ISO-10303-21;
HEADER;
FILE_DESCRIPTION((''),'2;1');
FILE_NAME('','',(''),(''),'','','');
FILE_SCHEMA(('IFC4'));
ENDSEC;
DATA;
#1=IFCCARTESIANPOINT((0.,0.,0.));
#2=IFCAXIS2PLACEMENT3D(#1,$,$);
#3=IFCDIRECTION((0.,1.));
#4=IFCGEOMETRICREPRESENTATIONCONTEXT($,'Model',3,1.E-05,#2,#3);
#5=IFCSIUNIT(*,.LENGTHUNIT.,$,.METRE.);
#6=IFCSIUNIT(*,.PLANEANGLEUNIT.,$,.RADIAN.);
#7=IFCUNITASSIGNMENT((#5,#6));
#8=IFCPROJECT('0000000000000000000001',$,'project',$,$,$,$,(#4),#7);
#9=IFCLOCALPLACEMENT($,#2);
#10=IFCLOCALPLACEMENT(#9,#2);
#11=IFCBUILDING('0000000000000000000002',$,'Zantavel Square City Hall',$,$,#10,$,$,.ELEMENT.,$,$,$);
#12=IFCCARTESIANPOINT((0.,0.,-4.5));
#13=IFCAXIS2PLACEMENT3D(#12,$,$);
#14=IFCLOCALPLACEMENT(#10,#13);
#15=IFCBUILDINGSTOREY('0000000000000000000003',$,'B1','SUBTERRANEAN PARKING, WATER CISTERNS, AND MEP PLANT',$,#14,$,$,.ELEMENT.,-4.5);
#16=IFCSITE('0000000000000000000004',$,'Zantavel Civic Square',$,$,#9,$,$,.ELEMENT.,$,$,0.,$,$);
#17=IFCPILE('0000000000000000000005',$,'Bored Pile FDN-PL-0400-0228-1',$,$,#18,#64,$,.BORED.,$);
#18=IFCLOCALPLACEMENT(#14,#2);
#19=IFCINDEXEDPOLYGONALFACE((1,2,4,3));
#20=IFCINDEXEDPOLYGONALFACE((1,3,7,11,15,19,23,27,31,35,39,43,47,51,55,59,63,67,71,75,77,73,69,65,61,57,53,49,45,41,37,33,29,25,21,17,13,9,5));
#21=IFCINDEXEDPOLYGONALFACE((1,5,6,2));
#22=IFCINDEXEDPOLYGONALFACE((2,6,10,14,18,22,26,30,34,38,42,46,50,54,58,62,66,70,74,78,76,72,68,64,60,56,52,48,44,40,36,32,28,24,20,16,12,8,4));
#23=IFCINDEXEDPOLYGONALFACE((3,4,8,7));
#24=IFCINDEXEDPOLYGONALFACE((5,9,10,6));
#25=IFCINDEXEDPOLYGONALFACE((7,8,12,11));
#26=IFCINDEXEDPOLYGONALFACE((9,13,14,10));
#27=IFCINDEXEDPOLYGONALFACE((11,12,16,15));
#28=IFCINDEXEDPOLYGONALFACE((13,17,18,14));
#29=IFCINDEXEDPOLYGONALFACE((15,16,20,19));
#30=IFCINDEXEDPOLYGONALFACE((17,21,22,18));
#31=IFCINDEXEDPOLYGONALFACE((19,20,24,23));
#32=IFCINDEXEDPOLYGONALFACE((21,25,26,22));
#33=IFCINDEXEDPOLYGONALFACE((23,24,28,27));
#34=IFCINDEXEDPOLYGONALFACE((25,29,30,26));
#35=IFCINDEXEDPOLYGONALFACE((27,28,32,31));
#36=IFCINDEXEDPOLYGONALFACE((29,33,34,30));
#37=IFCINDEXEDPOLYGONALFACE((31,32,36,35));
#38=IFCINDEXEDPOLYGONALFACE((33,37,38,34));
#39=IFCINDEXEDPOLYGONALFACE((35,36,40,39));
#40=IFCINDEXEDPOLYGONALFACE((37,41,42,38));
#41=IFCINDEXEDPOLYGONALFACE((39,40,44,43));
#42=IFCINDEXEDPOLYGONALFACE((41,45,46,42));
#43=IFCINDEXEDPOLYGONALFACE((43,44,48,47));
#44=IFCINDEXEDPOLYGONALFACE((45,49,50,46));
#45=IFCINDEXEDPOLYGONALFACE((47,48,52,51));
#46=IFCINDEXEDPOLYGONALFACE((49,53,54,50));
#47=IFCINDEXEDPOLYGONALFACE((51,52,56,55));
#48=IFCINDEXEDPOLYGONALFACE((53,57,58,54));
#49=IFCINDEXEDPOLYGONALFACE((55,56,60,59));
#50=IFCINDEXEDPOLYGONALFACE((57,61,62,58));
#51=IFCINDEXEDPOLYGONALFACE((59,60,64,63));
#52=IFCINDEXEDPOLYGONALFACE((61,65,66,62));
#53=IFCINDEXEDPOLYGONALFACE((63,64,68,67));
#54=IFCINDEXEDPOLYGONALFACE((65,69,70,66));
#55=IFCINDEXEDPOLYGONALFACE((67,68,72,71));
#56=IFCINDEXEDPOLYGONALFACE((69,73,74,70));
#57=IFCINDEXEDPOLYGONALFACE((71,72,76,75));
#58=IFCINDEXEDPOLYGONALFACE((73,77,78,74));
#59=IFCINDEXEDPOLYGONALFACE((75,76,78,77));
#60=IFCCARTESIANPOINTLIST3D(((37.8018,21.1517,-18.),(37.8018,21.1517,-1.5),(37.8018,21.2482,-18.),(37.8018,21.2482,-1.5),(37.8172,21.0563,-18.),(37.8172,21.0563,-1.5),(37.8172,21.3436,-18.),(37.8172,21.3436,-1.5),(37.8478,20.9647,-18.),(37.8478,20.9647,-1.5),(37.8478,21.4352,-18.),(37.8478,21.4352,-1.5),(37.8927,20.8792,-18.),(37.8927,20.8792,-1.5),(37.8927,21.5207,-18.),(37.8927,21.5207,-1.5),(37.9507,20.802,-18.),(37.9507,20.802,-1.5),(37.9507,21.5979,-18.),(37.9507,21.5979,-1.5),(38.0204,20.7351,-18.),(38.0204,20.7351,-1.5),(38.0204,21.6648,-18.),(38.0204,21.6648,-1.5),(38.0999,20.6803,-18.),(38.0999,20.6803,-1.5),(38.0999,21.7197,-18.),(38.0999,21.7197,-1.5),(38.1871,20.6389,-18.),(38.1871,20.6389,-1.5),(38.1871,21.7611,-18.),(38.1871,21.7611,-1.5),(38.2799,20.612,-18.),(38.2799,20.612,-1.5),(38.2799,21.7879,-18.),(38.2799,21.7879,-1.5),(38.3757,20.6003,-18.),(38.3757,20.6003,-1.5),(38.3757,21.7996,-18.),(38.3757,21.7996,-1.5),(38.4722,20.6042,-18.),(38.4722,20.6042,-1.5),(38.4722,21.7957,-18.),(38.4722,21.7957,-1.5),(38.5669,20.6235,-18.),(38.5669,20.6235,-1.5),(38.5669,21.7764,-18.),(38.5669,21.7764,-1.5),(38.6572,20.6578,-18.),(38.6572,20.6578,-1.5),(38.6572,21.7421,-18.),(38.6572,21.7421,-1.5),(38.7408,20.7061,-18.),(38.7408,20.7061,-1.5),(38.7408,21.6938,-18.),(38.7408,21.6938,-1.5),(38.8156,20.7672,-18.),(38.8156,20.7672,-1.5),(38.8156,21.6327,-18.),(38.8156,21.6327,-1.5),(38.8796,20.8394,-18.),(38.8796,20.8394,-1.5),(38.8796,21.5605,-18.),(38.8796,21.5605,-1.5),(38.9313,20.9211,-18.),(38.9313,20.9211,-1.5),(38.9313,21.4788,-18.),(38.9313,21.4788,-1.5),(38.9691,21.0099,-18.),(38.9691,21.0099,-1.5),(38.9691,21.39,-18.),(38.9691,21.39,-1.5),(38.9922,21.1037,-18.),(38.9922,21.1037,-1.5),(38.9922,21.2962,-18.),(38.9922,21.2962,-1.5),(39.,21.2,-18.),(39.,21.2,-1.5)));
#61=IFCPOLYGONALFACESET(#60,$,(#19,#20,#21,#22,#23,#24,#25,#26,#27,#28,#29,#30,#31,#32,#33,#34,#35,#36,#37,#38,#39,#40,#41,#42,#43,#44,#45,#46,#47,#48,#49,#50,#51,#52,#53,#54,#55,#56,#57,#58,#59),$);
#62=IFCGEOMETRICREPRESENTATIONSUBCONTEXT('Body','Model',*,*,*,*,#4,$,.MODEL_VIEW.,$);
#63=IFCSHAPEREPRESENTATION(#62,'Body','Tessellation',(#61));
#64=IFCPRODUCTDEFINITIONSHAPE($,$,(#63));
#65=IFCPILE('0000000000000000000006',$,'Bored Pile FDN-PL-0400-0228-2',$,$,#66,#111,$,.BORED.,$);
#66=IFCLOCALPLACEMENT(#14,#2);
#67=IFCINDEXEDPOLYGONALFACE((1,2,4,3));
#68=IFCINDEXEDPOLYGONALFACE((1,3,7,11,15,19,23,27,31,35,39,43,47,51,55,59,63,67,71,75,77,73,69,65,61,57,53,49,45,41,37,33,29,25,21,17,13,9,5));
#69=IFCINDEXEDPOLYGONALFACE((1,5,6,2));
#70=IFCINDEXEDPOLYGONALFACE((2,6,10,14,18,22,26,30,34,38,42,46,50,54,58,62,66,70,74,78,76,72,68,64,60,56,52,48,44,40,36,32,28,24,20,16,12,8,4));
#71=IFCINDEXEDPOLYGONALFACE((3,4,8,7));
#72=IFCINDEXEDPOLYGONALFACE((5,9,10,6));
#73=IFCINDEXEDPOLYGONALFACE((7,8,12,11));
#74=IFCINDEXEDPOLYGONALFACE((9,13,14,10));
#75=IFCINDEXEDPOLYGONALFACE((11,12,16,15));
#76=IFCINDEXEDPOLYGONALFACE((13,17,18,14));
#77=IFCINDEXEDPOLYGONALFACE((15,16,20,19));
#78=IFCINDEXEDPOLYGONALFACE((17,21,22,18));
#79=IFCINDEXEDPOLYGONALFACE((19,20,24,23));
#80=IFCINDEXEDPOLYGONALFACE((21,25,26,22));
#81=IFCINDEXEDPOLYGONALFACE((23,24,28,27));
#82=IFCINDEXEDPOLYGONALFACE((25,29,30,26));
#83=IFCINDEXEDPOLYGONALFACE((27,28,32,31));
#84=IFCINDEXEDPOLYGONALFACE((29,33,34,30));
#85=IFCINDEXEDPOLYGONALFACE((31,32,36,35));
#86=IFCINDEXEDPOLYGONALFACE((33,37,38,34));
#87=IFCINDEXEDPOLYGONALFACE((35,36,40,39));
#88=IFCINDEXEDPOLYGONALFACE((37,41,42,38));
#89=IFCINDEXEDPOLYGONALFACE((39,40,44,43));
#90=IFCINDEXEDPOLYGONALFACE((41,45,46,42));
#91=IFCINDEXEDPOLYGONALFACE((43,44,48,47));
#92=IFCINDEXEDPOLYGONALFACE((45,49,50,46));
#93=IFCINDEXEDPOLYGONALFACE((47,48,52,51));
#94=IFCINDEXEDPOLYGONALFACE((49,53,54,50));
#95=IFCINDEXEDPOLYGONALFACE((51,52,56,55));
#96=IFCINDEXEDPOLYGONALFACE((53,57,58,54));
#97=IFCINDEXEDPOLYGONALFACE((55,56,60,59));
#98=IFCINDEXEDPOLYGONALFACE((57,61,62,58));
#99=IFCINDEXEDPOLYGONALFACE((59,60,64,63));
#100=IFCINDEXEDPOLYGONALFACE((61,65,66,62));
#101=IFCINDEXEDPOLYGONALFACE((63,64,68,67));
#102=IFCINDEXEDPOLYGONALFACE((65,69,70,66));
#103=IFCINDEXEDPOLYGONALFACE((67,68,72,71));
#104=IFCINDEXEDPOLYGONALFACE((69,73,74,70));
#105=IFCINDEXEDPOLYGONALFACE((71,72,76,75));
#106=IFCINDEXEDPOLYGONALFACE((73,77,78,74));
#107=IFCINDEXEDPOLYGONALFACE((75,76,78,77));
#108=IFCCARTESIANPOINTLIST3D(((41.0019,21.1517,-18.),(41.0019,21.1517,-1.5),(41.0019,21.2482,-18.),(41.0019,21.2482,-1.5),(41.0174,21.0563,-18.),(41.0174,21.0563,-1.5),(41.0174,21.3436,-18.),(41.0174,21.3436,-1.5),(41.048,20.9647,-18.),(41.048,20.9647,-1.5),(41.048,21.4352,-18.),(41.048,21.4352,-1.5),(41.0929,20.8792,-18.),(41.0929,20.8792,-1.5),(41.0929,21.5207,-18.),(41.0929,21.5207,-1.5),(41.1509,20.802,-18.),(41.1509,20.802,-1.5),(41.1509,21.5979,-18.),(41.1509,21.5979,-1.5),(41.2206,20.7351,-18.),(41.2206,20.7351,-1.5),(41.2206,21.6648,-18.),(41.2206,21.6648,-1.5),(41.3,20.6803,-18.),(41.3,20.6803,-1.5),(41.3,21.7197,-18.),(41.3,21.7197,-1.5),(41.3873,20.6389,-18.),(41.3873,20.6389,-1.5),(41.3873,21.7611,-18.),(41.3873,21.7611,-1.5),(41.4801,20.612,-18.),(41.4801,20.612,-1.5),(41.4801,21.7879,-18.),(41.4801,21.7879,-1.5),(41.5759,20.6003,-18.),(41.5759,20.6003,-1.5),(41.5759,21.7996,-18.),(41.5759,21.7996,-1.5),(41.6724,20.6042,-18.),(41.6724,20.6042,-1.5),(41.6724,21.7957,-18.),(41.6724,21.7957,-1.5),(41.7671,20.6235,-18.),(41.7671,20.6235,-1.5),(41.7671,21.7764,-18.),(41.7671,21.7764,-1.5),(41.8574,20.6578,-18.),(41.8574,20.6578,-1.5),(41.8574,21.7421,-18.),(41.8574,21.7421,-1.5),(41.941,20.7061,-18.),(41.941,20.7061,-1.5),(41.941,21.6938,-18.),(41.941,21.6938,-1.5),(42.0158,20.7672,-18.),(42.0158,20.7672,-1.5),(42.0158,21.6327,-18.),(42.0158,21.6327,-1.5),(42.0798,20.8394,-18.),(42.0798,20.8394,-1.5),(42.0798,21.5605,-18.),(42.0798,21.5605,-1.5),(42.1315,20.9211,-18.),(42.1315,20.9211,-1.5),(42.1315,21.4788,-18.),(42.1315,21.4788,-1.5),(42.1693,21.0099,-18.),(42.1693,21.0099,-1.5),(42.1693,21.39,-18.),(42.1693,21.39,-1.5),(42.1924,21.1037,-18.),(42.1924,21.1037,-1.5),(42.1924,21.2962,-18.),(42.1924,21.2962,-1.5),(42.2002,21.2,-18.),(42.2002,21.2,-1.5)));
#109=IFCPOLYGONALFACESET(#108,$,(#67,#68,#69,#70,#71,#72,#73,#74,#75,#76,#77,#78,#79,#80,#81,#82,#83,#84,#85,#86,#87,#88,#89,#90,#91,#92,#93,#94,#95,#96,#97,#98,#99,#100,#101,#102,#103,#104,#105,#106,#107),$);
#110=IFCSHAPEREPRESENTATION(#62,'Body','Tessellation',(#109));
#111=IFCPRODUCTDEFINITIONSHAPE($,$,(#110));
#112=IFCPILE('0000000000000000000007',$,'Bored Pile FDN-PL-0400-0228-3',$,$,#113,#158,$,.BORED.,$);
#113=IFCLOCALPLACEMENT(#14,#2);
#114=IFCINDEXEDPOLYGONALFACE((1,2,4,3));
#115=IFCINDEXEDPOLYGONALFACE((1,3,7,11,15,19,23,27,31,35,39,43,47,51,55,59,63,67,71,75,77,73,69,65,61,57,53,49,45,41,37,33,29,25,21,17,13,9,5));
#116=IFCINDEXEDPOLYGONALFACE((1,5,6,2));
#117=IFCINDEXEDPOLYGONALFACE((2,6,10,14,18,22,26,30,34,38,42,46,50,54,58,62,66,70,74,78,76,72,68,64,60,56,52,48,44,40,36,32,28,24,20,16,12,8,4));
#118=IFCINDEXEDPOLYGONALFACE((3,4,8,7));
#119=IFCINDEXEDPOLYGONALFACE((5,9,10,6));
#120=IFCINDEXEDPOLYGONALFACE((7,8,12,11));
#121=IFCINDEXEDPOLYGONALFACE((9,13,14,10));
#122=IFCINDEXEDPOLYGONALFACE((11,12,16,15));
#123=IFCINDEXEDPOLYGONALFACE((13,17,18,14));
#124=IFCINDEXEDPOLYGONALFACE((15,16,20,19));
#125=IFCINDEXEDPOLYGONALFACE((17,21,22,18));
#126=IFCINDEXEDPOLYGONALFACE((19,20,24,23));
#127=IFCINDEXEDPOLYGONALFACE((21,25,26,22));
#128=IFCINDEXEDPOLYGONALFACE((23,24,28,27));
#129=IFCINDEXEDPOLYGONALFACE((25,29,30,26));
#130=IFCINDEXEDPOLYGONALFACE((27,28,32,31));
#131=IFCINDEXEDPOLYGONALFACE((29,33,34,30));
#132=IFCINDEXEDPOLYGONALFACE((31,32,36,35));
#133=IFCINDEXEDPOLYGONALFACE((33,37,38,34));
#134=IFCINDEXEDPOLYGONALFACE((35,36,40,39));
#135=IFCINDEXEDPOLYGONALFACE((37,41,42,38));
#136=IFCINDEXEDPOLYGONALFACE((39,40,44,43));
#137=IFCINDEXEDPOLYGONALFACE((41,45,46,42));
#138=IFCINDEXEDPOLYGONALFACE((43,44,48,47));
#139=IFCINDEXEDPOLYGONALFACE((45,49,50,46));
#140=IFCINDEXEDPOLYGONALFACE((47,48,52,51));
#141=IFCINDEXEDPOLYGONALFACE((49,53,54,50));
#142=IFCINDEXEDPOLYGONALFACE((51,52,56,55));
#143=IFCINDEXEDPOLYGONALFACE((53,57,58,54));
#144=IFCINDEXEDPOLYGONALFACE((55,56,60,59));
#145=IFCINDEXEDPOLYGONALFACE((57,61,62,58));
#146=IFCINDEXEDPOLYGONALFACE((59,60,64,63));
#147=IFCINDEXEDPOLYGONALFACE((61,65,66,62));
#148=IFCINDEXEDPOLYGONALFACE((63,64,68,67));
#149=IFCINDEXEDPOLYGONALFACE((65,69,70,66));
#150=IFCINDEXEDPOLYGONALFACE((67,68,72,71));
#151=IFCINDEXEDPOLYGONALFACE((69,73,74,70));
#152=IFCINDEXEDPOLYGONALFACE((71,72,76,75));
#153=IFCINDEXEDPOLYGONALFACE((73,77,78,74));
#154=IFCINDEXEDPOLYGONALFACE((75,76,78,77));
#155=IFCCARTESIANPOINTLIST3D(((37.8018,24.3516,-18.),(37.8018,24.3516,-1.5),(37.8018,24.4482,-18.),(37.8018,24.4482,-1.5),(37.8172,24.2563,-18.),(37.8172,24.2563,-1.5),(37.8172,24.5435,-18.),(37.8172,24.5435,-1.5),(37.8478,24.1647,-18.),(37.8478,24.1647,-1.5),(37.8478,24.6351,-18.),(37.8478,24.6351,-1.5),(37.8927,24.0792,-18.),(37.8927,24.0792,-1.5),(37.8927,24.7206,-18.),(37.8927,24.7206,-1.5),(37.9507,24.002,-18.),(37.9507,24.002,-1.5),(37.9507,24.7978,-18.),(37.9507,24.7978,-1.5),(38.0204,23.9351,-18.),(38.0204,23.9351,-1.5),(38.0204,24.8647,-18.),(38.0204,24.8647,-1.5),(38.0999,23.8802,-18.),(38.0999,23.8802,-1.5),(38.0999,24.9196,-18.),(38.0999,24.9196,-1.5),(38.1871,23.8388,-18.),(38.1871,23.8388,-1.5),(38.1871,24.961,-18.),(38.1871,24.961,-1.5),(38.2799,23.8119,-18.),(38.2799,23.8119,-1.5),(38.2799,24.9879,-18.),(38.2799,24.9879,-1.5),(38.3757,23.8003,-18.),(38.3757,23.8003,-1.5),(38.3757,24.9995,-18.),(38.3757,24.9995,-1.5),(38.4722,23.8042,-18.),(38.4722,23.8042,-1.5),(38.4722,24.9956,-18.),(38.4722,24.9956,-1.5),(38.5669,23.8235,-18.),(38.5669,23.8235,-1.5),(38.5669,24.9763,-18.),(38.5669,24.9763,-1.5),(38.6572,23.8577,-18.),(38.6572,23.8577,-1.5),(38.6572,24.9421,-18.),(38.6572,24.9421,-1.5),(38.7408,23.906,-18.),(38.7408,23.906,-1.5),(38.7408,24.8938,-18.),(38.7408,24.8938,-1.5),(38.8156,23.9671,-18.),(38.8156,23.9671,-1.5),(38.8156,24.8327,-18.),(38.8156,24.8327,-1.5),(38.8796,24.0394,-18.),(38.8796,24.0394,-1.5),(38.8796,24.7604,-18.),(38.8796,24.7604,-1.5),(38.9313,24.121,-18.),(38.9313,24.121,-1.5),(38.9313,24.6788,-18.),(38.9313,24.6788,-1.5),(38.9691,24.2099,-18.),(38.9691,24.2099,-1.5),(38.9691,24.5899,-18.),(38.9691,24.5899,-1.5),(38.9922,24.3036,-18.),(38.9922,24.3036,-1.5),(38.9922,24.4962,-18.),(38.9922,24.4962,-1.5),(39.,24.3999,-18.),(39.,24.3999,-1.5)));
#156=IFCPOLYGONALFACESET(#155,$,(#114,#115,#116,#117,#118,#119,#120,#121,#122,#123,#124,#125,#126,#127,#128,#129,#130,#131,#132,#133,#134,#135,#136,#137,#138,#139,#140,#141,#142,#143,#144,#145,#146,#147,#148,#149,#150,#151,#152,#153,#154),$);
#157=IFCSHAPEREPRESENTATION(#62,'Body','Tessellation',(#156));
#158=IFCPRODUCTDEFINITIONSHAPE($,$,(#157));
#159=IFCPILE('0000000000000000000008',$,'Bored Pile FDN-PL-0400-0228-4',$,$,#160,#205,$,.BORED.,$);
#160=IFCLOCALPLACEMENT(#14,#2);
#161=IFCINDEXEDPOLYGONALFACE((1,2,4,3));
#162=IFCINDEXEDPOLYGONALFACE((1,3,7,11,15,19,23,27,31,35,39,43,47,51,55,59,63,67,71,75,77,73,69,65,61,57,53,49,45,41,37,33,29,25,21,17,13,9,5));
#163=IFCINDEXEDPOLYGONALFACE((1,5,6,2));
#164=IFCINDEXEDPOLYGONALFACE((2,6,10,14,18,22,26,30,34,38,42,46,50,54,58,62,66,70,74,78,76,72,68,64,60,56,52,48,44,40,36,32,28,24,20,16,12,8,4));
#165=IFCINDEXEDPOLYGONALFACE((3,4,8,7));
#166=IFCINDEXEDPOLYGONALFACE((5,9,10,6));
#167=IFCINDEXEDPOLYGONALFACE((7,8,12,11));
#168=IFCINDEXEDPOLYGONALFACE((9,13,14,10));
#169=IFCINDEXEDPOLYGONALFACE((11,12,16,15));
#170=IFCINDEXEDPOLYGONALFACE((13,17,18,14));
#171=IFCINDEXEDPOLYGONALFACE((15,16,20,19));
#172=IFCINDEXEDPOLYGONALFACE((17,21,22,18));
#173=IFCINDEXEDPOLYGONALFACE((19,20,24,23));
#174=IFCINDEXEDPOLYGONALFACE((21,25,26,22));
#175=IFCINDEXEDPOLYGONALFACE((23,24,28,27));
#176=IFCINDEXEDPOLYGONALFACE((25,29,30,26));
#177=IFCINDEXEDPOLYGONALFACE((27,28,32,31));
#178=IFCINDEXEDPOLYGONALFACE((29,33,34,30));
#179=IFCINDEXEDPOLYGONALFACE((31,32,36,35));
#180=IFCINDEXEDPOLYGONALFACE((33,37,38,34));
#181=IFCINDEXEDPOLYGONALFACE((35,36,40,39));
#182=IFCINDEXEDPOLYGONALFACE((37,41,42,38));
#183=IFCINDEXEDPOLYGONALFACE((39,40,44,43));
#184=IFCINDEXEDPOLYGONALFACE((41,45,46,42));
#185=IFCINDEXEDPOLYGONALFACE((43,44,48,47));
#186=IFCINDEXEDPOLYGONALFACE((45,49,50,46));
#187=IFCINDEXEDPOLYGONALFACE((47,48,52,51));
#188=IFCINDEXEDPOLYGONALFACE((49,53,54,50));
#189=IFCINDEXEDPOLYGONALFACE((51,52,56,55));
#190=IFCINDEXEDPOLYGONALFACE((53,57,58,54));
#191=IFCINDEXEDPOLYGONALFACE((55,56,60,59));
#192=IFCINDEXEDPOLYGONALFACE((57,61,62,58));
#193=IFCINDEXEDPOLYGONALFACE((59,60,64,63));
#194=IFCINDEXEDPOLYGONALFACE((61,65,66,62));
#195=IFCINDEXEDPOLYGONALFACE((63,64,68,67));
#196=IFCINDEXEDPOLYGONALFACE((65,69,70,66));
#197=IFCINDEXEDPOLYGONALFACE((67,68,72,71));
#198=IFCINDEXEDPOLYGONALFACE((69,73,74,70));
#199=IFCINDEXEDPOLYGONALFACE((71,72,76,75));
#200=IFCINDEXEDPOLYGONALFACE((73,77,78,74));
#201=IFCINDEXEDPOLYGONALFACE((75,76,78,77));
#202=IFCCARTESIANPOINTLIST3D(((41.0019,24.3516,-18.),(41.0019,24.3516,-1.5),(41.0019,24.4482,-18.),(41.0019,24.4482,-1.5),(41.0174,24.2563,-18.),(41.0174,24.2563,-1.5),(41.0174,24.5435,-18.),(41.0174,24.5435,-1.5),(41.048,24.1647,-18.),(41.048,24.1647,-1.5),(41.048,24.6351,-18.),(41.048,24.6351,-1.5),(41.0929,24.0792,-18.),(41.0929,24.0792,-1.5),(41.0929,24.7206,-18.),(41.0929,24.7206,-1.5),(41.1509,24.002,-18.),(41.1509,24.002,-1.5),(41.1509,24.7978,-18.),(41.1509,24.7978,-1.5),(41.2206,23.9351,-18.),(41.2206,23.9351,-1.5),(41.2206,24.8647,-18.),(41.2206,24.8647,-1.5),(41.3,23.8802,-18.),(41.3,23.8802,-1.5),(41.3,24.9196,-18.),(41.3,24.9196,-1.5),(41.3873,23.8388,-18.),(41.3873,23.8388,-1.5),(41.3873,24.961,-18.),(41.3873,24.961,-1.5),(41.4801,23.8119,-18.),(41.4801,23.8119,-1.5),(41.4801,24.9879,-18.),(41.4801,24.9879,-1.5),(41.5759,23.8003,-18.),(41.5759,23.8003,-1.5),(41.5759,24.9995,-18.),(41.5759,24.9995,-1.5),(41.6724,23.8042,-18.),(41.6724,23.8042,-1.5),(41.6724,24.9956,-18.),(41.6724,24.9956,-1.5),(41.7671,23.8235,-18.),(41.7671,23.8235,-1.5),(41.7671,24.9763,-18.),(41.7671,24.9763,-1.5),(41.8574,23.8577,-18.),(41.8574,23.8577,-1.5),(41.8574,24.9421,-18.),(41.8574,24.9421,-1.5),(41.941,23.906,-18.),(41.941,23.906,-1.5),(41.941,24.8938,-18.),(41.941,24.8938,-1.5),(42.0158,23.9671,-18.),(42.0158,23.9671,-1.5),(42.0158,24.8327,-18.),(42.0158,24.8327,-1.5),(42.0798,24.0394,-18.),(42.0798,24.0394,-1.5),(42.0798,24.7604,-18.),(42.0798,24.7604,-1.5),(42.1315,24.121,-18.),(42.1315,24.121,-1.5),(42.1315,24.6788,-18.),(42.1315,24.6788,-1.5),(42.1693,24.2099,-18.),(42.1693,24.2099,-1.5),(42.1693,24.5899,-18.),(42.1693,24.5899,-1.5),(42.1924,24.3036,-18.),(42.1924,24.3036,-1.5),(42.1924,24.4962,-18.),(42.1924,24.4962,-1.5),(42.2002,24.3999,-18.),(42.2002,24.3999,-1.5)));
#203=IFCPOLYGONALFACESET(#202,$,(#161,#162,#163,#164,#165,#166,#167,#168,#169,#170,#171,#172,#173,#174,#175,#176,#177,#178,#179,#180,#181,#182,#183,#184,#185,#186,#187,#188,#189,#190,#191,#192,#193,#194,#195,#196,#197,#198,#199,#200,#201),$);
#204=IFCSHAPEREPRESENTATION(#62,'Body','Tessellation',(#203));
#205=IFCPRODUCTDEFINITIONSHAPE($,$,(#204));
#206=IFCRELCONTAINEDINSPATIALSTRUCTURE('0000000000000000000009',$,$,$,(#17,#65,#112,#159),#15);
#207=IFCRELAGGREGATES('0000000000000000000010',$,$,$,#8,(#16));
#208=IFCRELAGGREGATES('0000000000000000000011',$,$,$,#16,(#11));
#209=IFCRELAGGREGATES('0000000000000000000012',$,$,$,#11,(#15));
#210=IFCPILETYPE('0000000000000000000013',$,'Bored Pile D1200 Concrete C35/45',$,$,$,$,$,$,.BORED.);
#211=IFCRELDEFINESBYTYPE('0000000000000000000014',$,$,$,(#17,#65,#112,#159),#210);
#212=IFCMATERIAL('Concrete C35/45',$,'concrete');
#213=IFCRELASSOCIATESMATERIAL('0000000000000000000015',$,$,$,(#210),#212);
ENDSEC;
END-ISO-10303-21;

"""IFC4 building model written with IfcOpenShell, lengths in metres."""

from ifc_helpers import new_model, si_unit, direction, frame, origin, origin_2d, place, context, subcontext, project, spatial, circle, extrude, material, material_profile, profile_set, type_object, element, save


model = new_model("IFC4")

# Units and contexts
model_context = context("Model", 3, precision=1e-05, world=origin(), true_north=direction((0.0, 1.0)))
body_context = subcontext(model_context, "Body", "Model", "MODEL_VIEW")
ifc_project = project(units=[si_unit("LENGTHUNIT", "METRE"), si_unit("PLANEANGLEUNIT", "RADIAN")], contexts=[model_context])

# Site, building, storey
site_placement = place(None, origin())
site = spatial("IfcSite", under=ifc_project, at=site_placement, Name="Zantavel Civic Square", CompositionType="ELEMENT", RefElevation=0.0)
building_placement = place(site_placement, origin())
building = spatial("IfcBuilding", under=site, at=building_placement, Name="Zantavel Square City Hall", CompositionType="ELEMENT")
storey_placement = place(building_placement, frame((0.0, 0.0, -4.5)))
storey = spatial("IfcBuildingStorey", under=building, at=storey_placement, Name="B1", Description="SUBTERRANEAN PARKING, WATER CISTERNS, AND MEP PLANT", CompositionType="ELEMENT", Elevation=-4.5)

# Piles
ifc_material_1 = material(Name="Concrete C35/45", Category="concrete")
ifc_material_profile_1 = material_profile(ifc_material_1, circle(Radius=0.6001, at=origin_2d()), Name="PILE D1200")
ifc_profile_set_1 = profile_set([ifc_material_profile_1], Name="Concrete C35/45")
pile_type_1 = type_object("IfcPileType", Name="Bored Pile D1200 Concrete C35/45", PredefinedType="BORED", material=ifc_profile_set_1)
for number, where, z_axis, x_axis, name in (
    (1, (38.3999, 21.2, -1.5), (0.0, 0.0, -1.0), (1.0, 0.0, 0.0), "Bored Pile FDN-PL-0400-0228-1"),
    (2, (41.6001, 21.2, -1.5), (0.0, 0.0, -1.0), (1.0, 0.0, 0.0), "Bored Pile FDN-PL-0400-0228-2"),
    (3, (38.3999, 24.3999, -1.5), (0.0, 0.0, -1.0), (1.0, 0.0, 0.0), "Bored Pile FDN-PL-0400-0228-3"),
    (4, (41.6001, 24.3999, -1.5), (0.0, 0.0, -1.0), (1.0, 0.0, 0.0), "Bored Pile FDN-PL-0400-0228-4"),
):
    element("IfcPile", number, at=place(storey_placement, frame(where, z_axis=z_axis, x_axis=x_axis)), inside=storey, type_object=pile_type_1, Name=name, PredefinedType="BORED", context=body_context, shape_type="SweptSolid", body=[
        extrude(circle(Radius=0.6001, at=origin_2d()), origin(), (0.0, 0.0, 1.0), 16.5),
    ])

save(model, "model.ifc")
